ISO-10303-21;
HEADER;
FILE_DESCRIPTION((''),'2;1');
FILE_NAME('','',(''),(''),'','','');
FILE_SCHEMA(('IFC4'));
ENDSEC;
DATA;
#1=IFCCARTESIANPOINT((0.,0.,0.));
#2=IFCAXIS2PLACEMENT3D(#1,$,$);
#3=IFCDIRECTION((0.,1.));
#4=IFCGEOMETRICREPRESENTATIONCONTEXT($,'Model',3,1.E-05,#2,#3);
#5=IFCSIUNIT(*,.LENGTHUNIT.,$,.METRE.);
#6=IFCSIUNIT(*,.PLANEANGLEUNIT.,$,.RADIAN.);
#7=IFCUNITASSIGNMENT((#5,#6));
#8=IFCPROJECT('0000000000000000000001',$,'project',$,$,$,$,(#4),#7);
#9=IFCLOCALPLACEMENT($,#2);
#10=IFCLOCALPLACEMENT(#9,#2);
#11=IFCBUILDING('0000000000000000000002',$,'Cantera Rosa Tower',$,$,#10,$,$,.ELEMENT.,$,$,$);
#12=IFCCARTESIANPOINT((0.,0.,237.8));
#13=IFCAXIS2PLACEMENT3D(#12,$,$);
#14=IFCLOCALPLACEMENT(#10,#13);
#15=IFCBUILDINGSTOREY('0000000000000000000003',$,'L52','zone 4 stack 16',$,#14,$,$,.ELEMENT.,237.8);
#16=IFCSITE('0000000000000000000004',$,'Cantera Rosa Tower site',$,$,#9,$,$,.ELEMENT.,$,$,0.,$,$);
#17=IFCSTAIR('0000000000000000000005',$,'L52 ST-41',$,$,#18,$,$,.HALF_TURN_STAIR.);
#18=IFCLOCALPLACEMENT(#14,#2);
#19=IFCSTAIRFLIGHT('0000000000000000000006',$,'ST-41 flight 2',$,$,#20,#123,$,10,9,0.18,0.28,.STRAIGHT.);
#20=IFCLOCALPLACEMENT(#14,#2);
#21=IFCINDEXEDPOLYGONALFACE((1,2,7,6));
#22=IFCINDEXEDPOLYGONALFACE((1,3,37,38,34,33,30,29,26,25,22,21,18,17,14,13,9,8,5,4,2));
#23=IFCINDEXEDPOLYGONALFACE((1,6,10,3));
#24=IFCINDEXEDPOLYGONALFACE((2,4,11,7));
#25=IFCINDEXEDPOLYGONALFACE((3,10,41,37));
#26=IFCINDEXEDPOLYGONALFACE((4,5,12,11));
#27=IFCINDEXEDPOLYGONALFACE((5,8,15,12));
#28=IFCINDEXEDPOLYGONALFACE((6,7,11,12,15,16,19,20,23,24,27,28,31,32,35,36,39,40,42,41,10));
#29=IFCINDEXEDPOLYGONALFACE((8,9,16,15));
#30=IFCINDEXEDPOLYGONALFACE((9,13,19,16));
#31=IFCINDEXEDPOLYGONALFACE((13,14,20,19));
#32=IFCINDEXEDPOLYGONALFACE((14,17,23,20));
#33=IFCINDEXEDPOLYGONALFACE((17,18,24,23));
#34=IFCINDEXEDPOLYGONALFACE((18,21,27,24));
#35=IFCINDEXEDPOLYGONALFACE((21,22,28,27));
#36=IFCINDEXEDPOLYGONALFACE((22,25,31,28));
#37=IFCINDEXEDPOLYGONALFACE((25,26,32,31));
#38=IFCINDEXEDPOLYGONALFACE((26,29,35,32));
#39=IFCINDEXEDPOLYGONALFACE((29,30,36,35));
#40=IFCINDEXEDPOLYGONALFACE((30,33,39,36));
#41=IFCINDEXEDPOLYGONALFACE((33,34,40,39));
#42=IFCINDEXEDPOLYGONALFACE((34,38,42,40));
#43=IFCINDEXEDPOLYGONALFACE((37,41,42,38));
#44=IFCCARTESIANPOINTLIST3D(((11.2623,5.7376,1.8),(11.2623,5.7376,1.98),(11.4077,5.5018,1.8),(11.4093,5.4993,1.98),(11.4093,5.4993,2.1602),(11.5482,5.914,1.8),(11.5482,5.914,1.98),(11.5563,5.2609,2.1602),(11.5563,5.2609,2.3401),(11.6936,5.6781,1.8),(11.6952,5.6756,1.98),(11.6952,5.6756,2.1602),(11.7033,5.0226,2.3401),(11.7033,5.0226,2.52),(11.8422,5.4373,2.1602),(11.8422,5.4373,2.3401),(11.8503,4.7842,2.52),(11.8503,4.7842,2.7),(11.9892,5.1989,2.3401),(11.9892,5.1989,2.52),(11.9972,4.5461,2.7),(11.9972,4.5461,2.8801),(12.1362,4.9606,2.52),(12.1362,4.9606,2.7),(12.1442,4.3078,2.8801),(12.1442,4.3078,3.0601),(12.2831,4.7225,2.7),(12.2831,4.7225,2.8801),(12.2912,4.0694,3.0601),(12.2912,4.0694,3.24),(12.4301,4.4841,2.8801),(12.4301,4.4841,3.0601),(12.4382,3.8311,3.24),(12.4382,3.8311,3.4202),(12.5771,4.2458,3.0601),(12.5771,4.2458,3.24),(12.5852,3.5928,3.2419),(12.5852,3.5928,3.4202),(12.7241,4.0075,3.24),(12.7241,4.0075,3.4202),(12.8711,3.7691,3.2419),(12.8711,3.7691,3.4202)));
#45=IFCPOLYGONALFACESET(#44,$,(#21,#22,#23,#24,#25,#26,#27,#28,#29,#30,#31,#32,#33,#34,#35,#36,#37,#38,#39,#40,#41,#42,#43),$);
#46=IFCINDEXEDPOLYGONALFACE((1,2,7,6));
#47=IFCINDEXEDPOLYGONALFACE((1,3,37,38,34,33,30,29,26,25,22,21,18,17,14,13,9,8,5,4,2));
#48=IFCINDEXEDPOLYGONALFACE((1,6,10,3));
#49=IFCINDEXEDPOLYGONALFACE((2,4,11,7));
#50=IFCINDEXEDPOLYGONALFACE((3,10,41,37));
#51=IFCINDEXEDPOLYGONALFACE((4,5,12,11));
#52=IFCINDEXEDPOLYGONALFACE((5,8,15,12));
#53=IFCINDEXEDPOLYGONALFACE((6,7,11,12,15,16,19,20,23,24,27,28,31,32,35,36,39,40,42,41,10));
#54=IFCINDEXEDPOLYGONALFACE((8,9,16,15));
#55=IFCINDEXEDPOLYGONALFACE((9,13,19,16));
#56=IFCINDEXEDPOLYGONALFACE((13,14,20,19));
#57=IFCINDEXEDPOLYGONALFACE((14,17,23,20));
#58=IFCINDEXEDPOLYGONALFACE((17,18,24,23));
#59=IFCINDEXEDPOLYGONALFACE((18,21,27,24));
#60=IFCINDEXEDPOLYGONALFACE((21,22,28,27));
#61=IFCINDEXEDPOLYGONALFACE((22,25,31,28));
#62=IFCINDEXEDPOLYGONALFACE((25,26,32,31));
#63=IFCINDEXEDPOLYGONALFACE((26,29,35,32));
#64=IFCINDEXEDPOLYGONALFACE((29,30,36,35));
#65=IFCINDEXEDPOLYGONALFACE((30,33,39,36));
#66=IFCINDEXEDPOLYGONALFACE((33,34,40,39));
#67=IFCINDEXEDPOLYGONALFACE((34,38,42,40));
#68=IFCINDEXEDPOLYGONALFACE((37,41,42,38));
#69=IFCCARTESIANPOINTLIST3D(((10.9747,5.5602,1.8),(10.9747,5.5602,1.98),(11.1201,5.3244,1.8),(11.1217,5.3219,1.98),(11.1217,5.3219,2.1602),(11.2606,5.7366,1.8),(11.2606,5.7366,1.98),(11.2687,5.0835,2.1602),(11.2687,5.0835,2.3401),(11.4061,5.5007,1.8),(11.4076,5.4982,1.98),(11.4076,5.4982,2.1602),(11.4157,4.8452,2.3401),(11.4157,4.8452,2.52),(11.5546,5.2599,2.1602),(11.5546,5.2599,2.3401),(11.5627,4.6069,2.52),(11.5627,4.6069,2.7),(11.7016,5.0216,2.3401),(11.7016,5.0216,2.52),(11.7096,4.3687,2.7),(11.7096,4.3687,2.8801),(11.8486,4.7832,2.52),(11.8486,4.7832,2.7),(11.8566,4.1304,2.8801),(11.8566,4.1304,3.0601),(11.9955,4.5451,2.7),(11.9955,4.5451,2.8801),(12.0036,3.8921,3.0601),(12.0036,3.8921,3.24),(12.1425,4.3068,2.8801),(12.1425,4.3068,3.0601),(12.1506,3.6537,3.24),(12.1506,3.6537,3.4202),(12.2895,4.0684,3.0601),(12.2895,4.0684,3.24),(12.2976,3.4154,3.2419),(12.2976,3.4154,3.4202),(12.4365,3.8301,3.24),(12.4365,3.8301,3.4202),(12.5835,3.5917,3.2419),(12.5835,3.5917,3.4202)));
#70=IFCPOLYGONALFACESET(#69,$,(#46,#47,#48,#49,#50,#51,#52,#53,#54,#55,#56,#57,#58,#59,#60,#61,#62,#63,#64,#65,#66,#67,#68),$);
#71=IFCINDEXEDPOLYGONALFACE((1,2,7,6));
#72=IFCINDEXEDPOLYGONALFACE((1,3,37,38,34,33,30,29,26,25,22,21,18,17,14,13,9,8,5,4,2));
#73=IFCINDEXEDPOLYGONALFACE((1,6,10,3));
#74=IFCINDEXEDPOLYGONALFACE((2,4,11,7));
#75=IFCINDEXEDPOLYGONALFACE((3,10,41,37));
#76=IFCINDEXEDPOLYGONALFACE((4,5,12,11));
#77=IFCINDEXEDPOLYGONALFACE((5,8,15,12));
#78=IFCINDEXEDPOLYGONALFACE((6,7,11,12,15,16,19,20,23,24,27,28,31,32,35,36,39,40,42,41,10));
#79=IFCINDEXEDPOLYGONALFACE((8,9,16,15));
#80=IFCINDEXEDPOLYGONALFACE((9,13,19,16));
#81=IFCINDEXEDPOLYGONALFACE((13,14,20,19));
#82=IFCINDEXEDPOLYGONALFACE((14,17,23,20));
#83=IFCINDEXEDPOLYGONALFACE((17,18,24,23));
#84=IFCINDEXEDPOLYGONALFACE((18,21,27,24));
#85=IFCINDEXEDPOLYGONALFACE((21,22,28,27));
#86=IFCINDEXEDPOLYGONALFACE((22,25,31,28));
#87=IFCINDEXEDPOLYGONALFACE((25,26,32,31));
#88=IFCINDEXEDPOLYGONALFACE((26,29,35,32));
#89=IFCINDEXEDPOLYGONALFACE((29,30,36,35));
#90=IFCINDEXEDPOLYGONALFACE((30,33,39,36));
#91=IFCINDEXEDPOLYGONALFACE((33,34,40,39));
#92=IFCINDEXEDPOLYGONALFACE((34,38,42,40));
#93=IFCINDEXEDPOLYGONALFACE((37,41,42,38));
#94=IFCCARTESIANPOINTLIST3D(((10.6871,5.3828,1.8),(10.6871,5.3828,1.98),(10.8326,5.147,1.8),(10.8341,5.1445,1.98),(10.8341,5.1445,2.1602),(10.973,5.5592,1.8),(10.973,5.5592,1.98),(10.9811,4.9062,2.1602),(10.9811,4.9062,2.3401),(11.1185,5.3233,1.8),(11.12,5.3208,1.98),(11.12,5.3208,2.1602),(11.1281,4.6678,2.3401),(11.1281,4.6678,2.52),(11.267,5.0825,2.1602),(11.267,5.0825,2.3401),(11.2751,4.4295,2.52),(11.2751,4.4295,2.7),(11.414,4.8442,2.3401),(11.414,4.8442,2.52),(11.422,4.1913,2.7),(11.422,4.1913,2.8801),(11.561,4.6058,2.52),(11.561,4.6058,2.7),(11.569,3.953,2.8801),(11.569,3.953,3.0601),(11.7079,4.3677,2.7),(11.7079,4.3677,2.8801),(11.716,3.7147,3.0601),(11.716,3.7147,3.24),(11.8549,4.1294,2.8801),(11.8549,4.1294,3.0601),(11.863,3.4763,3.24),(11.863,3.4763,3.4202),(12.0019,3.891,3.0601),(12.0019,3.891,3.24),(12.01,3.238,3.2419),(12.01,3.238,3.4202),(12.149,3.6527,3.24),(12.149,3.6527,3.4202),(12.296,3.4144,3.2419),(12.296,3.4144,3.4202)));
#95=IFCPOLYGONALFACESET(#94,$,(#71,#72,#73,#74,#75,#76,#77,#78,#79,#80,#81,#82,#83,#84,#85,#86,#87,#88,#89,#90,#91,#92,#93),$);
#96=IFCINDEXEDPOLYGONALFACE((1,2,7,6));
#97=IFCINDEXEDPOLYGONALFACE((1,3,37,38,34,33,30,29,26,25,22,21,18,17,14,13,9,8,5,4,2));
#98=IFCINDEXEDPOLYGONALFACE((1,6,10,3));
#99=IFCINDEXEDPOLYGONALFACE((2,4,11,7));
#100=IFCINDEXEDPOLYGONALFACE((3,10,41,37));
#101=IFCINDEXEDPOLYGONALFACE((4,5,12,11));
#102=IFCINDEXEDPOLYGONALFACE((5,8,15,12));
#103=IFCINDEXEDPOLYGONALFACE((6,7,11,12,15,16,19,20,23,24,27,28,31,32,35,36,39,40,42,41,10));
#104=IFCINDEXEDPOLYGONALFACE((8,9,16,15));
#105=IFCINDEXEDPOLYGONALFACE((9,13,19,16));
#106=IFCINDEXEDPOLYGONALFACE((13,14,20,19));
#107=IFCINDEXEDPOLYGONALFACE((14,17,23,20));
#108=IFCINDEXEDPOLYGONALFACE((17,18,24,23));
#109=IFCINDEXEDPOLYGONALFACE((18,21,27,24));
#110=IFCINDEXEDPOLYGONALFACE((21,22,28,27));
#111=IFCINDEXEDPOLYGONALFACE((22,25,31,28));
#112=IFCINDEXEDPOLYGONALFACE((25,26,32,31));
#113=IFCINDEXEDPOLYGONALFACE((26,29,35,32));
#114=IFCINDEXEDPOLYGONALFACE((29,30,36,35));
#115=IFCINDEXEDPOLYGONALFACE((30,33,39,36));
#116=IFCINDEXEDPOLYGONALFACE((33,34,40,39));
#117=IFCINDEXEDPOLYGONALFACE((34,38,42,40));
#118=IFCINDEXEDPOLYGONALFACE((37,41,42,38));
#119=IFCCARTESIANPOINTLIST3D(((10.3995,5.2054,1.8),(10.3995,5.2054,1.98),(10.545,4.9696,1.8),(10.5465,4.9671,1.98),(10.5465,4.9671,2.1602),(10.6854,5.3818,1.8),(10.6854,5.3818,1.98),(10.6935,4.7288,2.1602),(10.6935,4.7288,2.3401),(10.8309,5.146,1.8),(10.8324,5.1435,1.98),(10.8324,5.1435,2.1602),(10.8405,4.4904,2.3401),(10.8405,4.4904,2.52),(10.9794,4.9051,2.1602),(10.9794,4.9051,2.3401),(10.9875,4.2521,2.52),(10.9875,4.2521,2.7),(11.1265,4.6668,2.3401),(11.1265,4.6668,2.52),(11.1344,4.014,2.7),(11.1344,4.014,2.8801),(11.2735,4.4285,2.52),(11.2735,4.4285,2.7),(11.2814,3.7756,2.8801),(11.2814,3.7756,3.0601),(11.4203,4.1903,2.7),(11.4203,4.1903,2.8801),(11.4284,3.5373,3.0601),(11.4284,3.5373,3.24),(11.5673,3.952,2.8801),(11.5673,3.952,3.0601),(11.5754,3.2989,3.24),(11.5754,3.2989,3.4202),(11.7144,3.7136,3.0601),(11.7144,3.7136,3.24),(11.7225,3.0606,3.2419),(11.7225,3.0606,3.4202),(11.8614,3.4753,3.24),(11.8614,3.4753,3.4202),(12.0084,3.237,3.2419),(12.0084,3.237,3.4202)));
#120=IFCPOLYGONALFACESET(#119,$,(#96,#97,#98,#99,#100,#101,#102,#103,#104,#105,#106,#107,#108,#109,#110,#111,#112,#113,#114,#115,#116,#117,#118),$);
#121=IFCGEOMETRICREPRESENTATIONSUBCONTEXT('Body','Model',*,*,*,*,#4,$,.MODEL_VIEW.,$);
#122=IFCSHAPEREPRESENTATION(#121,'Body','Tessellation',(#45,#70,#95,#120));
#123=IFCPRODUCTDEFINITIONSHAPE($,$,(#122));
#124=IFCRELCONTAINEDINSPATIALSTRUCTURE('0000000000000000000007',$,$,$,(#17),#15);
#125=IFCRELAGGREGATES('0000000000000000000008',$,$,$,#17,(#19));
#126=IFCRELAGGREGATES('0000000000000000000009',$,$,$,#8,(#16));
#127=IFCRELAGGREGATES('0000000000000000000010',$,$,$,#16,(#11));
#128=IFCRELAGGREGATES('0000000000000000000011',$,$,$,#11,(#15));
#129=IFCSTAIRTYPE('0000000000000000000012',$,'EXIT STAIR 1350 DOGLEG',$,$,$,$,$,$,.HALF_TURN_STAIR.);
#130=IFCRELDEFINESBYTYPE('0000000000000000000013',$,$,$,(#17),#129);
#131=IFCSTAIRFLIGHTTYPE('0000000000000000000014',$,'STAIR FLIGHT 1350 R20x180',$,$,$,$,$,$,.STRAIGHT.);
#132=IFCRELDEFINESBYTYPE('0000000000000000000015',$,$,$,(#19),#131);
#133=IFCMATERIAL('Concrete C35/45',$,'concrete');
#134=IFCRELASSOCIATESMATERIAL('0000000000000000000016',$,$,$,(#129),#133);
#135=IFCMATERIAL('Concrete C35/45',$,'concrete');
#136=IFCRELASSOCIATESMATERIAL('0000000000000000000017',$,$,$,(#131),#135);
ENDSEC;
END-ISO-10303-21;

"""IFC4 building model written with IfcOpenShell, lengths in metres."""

from ifc_helpers import new_model, si_unit, direction, frame, origin, place, context, subcontext, project, spatial, polyline, outline, extrude, material, type_object, element, aggregate, save


model = new_model("IFC4")

# Units and contexts
model_context = context("Model", 3, precision=1e-05, world=origin(), true_north=direction((0.0, 1.0)))
body_context = subcontext(model_context, "Body", "Model", "MODEL_VIEW")
ifc_project = project(units=[si_unit("LENGTHUNIT", "METRE"), si_unit("PLANEANGLEUNIT", "RADIAN")], contexts=[model_context])

# Site, building, storey
site_placement = place(None, origin())
site = spatial("IfcSite", under=ifc_project, at=site_placement, Name="Cantera Rosa Tower site", CompositionType="ELEMENT", RefElevation=0.0)
building_placement = place(site_placement, origin())
building = spatial("IfcBuilding", under=site, at=building_placement, Name="Cantera Rosa Tower", CompositionType="ELEMENT")
storey_placement = place(building_placement, frame((0.0, 0.0, 237.8)))
storey = spatial("IfcBuildingStorey", under=building, at=storey_placement, Name="L52", Description="zone 4 stack 16", CompositionType="ELEMENT", Elevation=237.8)

# Stair, stair flight
ifc_material_1 = material(Name="Concrete C35/45", Category="concrete")
stair_type = type_object("IfcStairType", Name="EXIT STAIR 1350 DOGLEG", PredefinedType="HALF_TURN_STAIR", material=ifc_material_1)
stair_placement = place(storey_placement, origin())
stair = element("IfcStair", 1, at=stair_placement, inside=storey, type_object=stair_type, Name="L52 ST-41", PredefinedType="HALF_TURN_STAIR")
ifc_material_2 = material(Name="Concrete C35/45", Category="concrete")
stair_flight_type = type_object("IfcStairFlightType", Name="STAIR FLIGHT 1350 R20x180", PredefinedType="STRAIGHT", material=ifc_material_2)
stair_flight_1_placement = place(storey_placement, frame((10.9736, 5.5596, 1.8), z_axis=(0.0, 0.0, 1.0), x_axis=(0.524977, -0.851117, 0.0)))
stair_flight_1 = element("IfcStairFlight", 2, at=stair_flight_1_placement, type_object=stair_flight_type, Name="ST-41 flight 2", NumberOfRisers=10, NumberOfTreads=9, PredefinedType="STRAIGHT", RiserHeight=0.18, TreadLength=0.28, context=body_context, shape_type="SweptSolid", body=[
    extrude(outline(polyline([(0.0, 0.0), (0.0, 0.1799), (0.28, 0.1799), (0.28, 0.3601), (0.5601, 0.3601), (0.5601, 0.54), (0.8401, 0.54), (0.8401, 0.72), (1.1201, 0.72), (1.1201, 0.8999), (1.3999, 0.8999), (1.3999, 1.0801), (1.6799, 1.0801), (1.6799, 1.26), (1.96, 1.26), (1.96, 1.4399), (2.24, 1.4399), (2.24, 1.6201), (2.52, 1.6201), (2.52, 1.8), (2.52, 1.4419), (0.2771, 0.0), (0.0, 0.0)])), frame((0.0, 0.675, 0.0), z_axis=(0.0, -1.0, 0.0), x_axis=(1.0, 0.0, 0.0)), (0.0, 0.0, 1.0), 0.3359),
    extrude(outline(polyline([(0.0, 0.0), (0.0, 0.1799), (0.28, 0.1799), (0.28, 0.3601), (0.5601, 0.3601), (0.5601, 0.54), (0.8401, 0.54), (0.8401, 0.72), (1.1201, 0.72), (1.1201, 0.8999), (1.3999, 0.8999), (1.3999, 1.0801), (1.6799, 1.0801), (1.6799, 1.26), (1.96, 1.26), (1.96, 1.4399), (2.24, 1.4399), (2.24, 1.6201), (2.52, 1.6201), (2.52, 1.8), (2.52, 1.4419), (0.2771, 0.0), (0.0, 0.0)])), frame((0.0, 0.3372, 0.0), z_axis=(0.0, -1.0, 0.0), x_axis=(1.0, 0.0, 0.0)), (0.0, 0.0, 1.0), 0.3359),
    extrude(outline(polyline([(0.0, 0.0), (0.0, 0.1799), (0.28, 0.1799), (0.28, 0.3601), (0.5601, 0.3601), (0.5601, 0.54), (0.8401, 0.54), (0.8401, 0.72), (1.1201, 0.72), (1.1201, 0.8999), (1.3999, 0.8999), (1.3999, 1.0801), (1.6799, 1.0801), (1.6799, 1.26), (1.96, 1.26), (1.96, 1.4399), (2.24, 1.4399), (2.24, 1.6201), (2.52, 1.6201), (2.52, 1.8), (2.52, 1.4419), (0.2771, 0.0), (0.0, 0.0)])), frame((0.0, -0.0007, 0.0), z_axis=(0.0, -1.0, 0.0), x_axis=(1.0, 0.0, 0.0)), (0.0, 0.0, 1.0), 0.3359),
    extrude(outline(polyline([(0.0, 0.0), (0.0, 0.1799), (0.28, 0.1799), (0.28, 0.3601), (0.5601, 0.3601), (0.5601, 0.54), (0.8401, 0.54), (0.8401, 0.72), (1.1201, 0.72), (1.1201, 0.8999), (1.3999, 0.8999), (1.3999, 1.0801), (1.6799, 1.0801), (1.6799, 1.26), (1.96, 1.26), (1.96, 1.4399), (2.24, 1.4399), (2.24, 1.6201), (2.52, 1.6201), (2.52, 1.8), (2.52, 1.4419), (0.2771, 0.0), (0.0, 0.0)])), frame((0.0, -0.3386, 0.0), z_axis=(0.0, -1.0, 0.0), x_axis=(1.0, 0.0, 0.0)), (0.0, 0.0, 1.0), 0.3359),
])
aggregate(stair, [stair_flight_1])

save(model, "model.ifc")
